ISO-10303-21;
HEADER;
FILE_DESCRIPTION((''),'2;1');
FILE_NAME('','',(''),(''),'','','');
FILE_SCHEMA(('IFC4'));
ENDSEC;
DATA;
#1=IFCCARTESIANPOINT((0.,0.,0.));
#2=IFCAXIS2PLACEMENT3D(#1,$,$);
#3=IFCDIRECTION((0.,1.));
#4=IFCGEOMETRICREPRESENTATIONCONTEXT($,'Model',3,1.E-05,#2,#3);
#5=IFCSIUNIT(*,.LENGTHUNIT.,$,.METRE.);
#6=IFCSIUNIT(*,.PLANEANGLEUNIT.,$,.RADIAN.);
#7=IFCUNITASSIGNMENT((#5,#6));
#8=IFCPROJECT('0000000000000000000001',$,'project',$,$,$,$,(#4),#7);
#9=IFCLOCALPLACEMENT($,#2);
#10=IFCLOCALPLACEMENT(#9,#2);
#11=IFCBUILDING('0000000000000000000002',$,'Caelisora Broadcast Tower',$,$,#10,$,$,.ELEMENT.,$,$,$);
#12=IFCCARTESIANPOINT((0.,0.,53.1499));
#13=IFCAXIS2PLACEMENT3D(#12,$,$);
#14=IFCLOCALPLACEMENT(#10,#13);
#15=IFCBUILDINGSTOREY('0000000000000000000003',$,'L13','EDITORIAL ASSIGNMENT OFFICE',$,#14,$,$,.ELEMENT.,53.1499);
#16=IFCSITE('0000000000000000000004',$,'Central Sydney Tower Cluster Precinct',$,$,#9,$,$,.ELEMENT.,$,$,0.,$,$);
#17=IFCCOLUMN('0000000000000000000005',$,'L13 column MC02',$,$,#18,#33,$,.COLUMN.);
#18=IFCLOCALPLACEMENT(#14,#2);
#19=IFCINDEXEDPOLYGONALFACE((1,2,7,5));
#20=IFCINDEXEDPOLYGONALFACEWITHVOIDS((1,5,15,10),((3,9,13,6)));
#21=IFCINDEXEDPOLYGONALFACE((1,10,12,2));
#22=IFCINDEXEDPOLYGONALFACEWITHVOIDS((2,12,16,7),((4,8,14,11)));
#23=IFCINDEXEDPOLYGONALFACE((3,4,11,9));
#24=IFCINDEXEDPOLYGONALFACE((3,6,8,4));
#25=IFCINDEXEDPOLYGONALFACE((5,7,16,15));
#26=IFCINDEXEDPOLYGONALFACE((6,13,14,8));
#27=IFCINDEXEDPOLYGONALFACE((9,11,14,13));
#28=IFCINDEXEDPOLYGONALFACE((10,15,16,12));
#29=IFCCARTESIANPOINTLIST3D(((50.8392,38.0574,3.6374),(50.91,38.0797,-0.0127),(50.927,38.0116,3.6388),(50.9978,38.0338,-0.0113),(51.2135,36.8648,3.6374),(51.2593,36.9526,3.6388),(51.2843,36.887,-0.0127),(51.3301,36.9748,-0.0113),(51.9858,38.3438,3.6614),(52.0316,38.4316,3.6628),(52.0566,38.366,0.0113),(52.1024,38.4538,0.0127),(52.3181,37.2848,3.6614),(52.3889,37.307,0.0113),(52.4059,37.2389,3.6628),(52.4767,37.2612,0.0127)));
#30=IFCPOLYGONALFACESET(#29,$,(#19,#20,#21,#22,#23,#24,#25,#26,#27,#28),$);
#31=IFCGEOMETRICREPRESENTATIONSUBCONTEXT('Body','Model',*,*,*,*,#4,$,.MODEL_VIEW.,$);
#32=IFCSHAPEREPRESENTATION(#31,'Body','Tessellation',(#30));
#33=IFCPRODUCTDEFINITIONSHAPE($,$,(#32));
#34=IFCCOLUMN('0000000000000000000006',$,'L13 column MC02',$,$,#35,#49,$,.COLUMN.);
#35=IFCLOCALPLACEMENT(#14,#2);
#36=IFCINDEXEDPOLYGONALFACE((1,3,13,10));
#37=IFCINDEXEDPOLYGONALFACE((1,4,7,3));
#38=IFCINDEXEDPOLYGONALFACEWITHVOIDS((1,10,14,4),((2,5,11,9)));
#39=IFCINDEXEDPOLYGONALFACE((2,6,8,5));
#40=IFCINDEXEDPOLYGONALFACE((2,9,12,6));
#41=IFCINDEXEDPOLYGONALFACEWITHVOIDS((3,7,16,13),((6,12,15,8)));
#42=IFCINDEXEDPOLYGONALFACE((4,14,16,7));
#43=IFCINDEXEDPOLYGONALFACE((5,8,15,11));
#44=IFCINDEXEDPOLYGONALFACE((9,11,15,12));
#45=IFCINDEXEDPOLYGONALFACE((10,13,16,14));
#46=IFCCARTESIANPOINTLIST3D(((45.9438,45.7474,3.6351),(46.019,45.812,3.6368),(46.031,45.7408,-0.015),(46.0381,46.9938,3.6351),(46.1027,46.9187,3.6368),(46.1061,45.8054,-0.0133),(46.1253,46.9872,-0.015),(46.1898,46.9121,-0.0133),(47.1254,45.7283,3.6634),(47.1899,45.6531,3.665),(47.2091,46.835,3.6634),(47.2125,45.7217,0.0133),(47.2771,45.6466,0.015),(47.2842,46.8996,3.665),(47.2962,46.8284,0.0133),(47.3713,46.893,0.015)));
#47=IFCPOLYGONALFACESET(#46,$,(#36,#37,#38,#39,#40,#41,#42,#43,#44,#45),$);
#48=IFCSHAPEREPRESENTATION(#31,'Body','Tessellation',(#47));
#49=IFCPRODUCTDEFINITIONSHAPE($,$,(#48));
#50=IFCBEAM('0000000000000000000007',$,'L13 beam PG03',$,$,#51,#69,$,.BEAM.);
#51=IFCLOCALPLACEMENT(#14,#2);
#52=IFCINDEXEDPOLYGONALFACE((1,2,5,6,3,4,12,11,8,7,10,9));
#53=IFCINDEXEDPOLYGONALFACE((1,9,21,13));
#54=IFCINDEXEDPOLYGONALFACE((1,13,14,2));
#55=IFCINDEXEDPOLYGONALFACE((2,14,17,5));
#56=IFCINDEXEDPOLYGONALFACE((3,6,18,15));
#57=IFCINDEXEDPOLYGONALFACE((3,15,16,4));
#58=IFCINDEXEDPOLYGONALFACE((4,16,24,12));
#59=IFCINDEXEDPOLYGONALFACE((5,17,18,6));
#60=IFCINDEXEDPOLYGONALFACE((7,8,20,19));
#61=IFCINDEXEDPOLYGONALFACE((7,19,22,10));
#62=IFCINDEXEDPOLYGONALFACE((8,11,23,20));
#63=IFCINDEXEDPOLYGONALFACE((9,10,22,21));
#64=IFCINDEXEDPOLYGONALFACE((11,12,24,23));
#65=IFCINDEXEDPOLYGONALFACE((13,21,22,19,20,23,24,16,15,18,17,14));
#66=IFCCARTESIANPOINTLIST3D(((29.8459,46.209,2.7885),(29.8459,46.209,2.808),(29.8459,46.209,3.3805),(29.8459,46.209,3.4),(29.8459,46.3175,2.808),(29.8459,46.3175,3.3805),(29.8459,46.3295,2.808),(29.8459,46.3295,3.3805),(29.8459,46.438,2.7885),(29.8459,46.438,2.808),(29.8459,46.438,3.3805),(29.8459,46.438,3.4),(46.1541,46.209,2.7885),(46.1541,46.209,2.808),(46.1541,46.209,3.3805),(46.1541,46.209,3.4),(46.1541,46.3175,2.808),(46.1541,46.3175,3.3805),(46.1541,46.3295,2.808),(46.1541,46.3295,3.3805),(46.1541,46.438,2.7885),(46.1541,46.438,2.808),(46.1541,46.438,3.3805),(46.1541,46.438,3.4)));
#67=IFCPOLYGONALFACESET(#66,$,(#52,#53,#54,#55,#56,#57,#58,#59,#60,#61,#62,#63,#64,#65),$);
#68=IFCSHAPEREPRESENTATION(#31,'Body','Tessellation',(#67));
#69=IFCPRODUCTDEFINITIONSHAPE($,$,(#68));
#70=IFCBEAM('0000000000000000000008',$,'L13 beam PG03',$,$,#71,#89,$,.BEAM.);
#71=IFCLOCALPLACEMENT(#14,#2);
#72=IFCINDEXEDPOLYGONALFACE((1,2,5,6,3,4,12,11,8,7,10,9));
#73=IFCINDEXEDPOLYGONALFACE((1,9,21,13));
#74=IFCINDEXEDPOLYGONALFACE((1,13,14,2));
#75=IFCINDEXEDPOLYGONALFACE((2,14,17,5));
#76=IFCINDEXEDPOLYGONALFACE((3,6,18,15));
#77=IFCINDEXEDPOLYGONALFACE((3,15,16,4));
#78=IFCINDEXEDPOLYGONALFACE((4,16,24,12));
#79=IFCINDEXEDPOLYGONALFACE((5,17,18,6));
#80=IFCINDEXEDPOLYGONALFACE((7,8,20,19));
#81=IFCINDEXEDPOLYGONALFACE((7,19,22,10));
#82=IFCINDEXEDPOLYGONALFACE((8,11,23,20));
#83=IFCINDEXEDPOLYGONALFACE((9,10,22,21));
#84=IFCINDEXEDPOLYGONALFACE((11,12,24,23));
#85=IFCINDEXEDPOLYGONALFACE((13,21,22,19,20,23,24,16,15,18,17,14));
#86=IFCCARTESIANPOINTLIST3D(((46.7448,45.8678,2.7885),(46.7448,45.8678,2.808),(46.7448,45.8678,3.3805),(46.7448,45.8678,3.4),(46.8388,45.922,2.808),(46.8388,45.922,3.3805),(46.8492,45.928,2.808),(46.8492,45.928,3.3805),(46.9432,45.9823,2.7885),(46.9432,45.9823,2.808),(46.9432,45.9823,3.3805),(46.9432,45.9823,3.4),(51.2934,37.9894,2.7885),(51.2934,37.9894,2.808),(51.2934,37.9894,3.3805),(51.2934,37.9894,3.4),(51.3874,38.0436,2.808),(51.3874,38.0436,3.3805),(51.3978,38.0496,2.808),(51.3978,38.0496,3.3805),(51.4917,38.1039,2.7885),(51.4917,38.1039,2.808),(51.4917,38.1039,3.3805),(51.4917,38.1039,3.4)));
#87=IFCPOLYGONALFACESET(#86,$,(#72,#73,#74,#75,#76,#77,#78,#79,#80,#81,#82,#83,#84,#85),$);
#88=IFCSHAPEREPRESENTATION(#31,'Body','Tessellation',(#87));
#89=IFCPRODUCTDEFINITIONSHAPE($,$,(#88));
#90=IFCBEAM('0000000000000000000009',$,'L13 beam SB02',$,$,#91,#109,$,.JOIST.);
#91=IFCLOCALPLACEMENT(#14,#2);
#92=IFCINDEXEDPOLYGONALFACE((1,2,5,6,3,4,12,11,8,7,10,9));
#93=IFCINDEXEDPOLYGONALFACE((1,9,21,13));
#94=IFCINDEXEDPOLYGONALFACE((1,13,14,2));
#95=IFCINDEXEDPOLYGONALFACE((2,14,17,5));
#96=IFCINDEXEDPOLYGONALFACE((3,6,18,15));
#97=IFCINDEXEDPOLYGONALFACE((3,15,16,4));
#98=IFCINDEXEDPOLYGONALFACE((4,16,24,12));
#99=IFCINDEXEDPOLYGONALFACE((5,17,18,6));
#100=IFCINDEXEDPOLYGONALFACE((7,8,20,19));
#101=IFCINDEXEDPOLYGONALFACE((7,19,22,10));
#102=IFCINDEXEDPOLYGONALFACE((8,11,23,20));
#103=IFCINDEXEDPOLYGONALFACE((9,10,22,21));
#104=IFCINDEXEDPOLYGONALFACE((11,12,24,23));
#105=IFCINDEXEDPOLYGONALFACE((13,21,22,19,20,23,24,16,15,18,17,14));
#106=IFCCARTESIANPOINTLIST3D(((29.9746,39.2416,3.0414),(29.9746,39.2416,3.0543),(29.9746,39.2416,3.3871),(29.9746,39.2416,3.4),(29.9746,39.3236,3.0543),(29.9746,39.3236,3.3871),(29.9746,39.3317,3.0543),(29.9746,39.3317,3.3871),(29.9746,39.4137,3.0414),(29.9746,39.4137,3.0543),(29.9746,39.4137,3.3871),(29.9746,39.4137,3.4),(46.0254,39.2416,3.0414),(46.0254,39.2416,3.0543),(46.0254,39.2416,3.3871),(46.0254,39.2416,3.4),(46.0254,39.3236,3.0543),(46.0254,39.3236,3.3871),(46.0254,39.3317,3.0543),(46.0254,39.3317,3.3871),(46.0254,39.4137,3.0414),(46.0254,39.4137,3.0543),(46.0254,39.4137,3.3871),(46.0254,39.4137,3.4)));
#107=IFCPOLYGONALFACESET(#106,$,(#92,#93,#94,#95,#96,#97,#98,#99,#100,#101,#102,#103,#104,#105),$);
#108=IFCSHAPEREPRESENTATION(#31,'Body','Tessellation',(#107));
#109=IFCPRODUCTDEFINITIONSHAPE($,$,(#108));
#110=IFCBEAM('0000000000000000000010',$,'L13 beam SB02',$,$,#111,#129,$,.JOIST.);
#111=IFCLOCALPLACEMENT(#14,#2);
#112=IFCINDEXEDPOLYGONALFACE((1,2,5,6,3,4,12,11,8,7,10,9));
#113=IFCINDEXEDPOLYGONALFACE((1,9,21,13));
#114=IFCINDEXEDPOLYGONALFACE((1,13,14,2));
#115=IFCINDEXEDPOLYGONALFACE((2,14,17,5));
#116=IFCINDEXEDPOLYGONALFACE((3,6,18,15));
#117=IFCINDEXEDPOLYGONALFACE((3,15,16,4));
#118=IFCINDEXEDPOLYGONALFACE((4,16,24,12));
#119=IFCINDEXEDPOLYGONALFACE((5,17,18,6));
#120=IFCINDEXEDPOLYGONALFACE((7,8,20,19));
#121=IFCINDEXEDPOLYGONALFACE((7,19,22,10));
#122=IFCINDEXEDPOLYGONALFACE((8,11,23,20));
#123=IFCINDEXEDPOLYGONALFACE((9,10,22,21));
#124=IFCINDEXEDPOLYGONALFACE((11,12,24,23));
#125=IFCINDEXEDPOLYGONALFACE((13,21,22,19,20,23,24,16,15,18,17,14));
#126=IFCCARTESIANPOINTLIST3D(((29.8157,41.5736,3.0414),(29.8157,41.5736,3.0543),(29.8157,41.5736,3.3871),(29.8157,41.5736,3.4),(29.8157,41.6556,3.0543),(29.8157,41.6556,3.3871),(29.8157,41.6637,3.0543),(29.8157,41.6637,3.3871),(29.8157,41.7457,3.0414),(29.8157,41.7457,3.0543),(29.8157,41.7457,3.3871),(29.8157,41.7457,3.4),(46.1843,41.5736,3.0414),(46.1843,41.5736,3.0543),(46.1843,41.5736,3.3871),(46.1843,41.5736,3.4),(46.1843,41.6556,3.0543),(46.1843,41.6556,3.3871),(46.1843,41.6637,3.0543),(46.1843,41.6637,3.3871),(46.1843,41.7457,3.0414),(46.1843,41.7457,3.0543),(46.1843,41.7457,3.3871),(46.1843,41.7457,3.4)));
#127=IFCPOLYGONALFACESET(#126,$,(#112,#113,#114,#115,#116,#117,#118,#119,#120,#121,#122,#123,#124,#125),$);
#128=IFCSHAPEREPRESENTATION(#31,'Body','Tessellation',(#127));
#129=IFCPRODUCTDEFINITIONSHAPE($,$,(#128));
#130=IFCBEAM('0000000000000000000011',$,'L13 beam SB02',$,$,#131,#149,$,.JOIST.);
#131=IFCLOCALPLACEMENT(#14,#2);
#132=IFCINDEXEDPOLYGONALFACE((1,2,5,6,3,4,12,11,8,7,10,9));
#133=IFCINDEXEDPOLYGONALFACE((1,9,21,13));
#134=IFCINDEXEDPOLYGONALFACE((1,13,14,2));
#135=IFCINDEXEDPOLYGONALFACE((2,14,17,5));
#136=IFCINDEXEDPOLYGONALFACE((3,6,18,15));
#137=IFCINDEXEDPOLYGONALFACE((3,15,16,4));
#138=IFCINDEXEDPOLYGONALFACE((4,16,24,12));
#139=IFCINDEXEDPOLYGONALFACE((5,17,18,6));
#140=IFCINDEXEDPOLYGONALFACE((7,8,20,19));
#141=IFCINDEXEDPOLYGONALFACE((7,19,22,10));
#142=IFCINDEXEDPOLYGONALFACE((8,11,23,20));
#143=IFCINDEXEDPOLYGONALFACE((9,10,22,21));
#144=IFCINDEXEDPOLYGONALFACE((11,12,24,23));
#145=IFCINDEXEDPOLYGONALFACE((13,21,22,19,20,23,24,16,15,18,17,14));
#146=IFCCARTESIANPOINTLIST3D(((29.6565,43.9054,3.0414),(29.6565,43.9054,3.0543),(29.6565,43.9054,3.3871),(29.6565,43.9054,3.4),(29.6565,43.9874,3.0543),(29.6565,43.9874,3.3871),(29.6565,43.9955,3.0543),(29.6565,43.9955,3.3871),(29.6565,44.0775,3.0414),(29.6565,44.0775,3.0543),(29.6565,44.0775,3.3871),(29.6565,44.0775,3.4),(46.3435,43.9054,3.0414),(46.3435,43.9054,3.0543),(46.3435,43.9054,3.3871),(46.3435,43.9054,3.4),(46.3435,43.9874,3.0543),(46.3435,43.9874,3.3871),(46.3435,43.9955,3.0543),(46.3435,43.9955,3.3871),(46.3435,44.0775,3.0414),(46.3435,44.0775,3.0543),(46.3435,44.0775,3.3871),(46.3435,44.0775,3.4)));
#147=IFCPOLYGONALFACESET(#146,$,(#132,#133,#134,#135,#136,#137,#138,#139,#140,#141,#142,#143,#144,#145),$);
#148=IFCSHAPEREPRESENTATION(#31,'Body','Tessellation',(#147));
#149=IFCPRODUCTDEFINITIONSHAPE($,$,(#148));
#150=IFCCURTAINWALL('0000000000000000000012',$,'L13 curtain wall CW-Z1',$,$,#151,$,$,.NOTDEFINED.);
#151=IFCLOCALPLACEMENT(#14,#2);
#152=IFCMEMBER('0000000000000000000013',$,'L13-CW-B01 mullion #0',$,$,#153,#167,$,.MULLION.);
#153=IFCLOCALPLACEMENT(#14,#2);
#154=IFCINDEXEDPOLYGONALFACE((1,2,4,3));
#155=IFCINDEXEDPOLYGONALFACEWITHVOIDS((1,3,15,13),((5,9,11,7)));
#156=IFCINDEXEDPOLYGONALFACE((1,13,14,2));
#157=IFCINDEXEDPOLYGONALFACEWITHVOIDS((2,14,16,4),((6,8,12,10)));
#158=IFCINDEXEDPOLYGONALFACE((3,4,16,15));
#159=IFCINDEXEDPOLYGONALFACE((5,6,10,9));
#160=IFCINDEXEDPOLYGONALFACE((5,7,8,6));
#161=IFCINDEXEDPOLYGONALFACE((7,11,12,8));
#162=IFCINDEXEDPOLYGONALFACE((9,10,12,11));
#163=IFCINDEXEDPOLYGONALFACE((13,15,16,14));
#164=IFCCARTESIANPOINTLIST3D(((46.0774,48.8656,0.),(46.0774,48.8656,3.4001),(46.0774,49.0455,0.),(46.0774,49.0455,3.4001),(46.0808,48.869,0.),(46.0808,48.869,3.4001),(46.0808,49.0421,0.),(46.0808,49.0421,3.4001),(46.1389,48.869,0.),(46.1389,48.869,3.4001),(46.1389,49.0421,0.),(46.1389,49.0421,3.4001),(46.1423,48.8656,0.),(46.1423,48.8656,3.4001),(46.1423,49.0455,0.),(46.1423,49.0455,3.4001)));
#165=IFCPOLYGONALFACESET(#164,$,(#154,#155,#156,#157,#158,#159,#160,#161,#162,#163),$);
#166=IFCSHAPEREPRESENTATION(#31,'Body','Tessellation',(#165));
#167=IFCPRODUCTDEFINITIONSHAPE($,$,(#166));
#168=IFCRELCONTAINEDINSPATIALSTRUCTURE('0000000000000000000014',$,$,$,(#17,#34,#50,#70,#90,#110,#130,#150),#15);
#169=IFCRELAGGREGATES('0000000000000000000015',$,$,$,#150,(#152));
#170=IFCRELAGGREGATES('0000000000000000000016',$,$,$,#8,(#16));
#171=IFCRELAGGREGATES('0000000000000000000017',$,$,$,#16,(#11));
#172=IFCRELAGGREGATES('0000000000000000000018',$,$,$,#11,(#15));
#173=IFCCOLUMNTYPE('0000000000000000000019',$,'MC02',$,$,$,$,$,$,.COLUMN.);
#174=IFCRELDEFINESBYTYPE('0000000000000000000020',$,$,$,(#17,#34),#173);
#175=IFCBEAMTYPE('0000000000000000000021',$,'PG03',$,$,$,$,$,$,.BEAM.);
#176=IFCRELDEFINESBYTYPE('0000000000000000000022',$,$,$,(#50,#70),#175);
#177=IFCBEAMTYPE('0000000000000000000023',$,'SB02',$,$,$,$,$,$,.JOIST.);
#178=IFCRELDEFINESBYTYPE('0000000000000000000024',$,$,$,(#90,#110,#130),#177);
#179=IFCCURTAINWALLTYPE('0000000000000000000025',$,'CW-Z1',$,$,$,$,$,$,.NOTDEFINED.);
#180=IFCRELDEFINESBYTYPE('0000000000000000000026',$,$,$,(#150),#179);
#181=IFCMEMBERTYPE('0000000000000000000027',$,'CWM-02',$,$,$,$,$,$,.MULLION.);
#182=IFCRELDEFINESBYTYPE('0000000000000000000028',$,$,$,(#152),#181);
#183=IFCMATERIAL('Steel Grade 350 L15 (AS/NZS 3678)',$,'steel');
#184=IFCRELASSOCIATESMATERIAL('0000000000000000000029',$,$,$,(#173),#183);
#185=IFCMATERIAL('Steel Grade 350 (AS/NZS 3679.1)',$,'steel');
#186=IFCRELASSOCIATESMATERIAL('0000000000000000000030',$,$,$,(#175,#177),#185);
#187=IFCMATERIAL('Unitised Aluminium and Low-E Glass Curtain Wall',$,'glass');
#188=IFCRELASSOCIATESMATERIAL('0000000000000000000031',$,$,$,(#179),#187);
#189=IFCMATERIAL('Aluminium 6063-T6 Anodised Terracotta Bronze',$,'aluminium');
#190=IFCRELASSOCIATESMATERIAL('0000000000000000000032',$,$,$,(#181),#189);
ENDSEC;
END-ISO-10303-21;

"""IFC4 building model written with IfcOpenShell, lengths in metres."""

from ifc_helpers import new_model, si_unit, direction, frame, origin, origin_2d, place, context, subcontext, project, spatial, hollow_rectangle, i_section, extrude, source, transform, mapped, material, material_profile, profile_set, type_object, type_shapes, element, aggregate, save


model = new_model("IFC4")

# Units and contexts
model_context = context("Model", 3, precision=1e-05, world=origin(), true_north=direction((0.0, 1.0)))
body_context = subcontext(model_context, "Body", "Model", "MODEL_VIEW")
ifc_project = project(units=[si_unit("LENGTHUNIT", "METRE"), si_unit("PLANEANGLEUNIT", "RADIAN")], contexts=[model_context])

# Site, building, storey
site_placement = place(None, origin())
site = spatial("IfcSite", under=ifc_project, at=site_placement, Name="Central Sydney Tower Cluster Precinct", CompositionType="ELEMENT", RefElevation=0.0)
building_placement = place(site_placement, origin())
building = spatial("IfcBuilding", under=site, at=building_placement, Name="Caelisora Broadcast Tower", CompositionType="ELEMENT")
storey_placement = place(building_placement, frame((0.0, 0.0, 53.1499)))
storey = spatial("IfcBuildingStorey", under=building, at=storey_placement, Name="L13", Description="EDITORIAL ASSIGNMENT OFFICE", CompositionType="ELEMENT", Elevation=53.1499)

# Columns
ifc_material_1 = material(Name="Steel Grade 350 L15 (AS/NZS 3678)", Category="steel")
ifc_material_profile_1 = material_profile(ifc_material_1, hollow_rectangle(XDim=1.25, YDim=1.25, WallThickness=0.0701, at=origin_2d()), Name="Steel Grade 350 L15 (AS/NZS 3678)")
ifc_profile_set_1 = profile_set([ifc_material_profile_1], Name="Steel Grade 350 L15 (AS/NZS 3678)")
column_type = type_object("IfcColumnType", Name="MC02", PredefinedType="COLUMN", material=ifc_profile_set_1)
shared_shape_1 = source(origin(), body_context, "Body", "SweptSolid", [
    extrude(hollow_rectangle(XDim=1.25, YDim=1.25, WallThickness=0.0701, at=origin_2d()), origin(), (0.0, 0.0, 1.0), 3.6509),
])
column_1_placement = place(storey_placement, frame((51.6934, 37.6704, 0.0), z_axis=(-0.019393, -0.006085, 0.999793), x_axis=(0.299399, -0.954128, 0.0)))
element("IfcColumn", 1, at=column_1_placement, inside=storey, type_object=column_type, Name="L13 column MC02", PredefinedType="COLUMN", context=body_context, shape_type="MappedRepresentation", body=[
    mapped(shared_shape_1, transform((0.0, 0.0, 0.0), scale=1.0)),
])
shared_shape_2 = source(origin(), body_context, "Body", "SweptSolid", [
    extrude(hollow_rectangle(XDim=1.25, YDim=1.25, WallThickness=0.0701, at=origin_2d()), origin(), (0.0, 0.0, 1.0), 3.6511),
])
type_shapes(column_type, [shared_shape_1, shared_shape_2])
column_2_placement = place(storey_placement, frame((46.7012, 46.3169, 0.0), z_axis=(-0.023871, 0.001805, 0.999713), x_axis=(-0.075415, -0.997152, 0.0)))
element("IfcColumn", 2, at=column_2_placement, inside=storey, type_object=column_type, Name="L13 column MC02", PredefinedType="COLUMN", context=body_context, shape_type="MappedRepresentation", body=[
    mapped(shared_shape_2, transform((0.0, 0.0, 0.0), scale=1.0)),
])

# Beams
ifc_material_2 = material(Name="Steel Grade 350 (AS/NZS 3679.1)", Category="steel")
ifc_material_profile_2 = material_profile(ifc_material_2, i_section(OverallWidth=0.229, OverallDepth=0.6116, WebThickness=0.012, FlangeThickness=0.0195, at=origin_2d()), Name="Steel Grade 350 (AS/NZS 3679.1)")
ifc_profile_set_2 = profile_set([ifc_material_profile_2], Name="Steel Grade 350 (AS/NZS 3679.1)")
beam_type_1 = type_object("IfcBeamType", Name="PG03", PredefinedType="BEAM", material=ifc_profile_set_2)
shared_shape_3 = source(origin(), body_context, "Body", "SweptSolid", [
    extrude(i_section(OverallWidth=0.229, OverallDepth=0.6116, WebThickness=0.012, FlangeThickness=0.0195, at=origin_2d()), origin(), (0.0, 0.0, 1.0), 16.3081),
])
beam_1_placement = place(storey_placement, frame((46.1541, 46.3235, 3.0942), z_axis=(-1.0, 0.0, 0.0), x_axis=(0.0, -1.0, 0.0)))
element("IfcBeam", 3, at=beam_1_placement, inside=storey, type_object=beam_type_1, Name="L13 beam PG03", PredefinedType="BEAM", context=body_context, shape_type="MappedRepresentation", body=[
    mapped(shared_shape_3, transform((0.0, 0.0, 0.0), scale=1.0)),
])
shared_shape_4 = source(origin(), body_context, "Body", "SweptSolid", [
    extrude(i_section(OverallWidth=0.229, OverallDepth=0.6116, WebThickness=0.012, FlangeThickness=0.0195, at=origin_2d()), origin(), (0.0, 0.0, 1.0), 9.0972),
])
type_shapes(beam_type_1, [shared_shape_3, shared_shape_4])
beam_2_placement = place(storey_placement, frame((51.3926, 38.0466, 3.0942), z_axis=(-0.499998, 0.866026, 0.0), x_axis=(-0.866026, -0.499998, 0.0)))
element("IfcBeam", 4, at=beam_2_placement, inside=storey, type_object=beam_type_1, Name="L13 beam PG03", PredefinedType="BEAM", context=body_context, shape_type="MappedRepresentation", body=[
    mapped(shared_shape_4, transform((0.0, 0.0, 0.0), scale=1.0)),
])
ifc_material_profile_3 = material_profile(ifc_material_2, i_section(OverallWidth=0.1721, OverallDepth=0.3586, WebThickness=0.0081, FlangeThickness=0.0129, at=origin_2d()), Name="Steel Grade 350 (AS/NZS 3679.1)")
ifc_profile_set_3 = profile_set([ifc_material_profile_3], Name="Steel Grade 350 (AS/NZS 3679.1)")
beam_type_2 = type_object("IfcBeamType", Name="SB02", PredefinedType="JOIST", material=ifc_profile_set_3)
shared_shape_5 = source(origin(), body_context, "Body", "SweptSolid", [
    extrude(i_section(OverallWidth=0.1721, OverallDepth=0.3586, WebThickness=0.0081, FlangeThickness=0.0129, at=origin_2d()), origin(), (0.0, 0.0, 1.0), 16.0508),
])
beam_3_placement = place(storey_placement, frame((46.0254, 39.3276, 3.2207), z_axis=(-1.0, 0.0, 0.0), x_axis=(0.0, -1.0, 0.0)))
element("IfcBeam", 5, at=beam_3_placement, inside=storey, type_object=beam_type_2, Name="L13 beam SB02", PredefinedType="JOIST", context=body_context, shape_type="MappedRepresentation", body=[
    mapped(shared_shape_5, transform((0.0, 0.0, 0.0), scale=1.0)),
])
shared_shape_6 = source(origin(), body_context, "Body", "SweptSolid", [
    extrude(i_section(OverallWidth=0.1721, OverallDepth=0.3586, WebThickness=0.0081, FlangeThickness=0.0129, at=origin_2d()), origin(), (0.0, 0.0, 1.0), 16.3687),
])
beam_4_placement = place(storey_placement, frame((46.1843, 41.6597, 3.2207), z_axis=(-1.0, 0.0, 0.0), x_axis=(0.0, -1.0, 0.0)))
element("IfcBeam", 6, at=beam_4_placement, inside=storey, type_object=beam_type_2, Name="L13 beam SB02", PredefinedType="JOIST", context=body_context, shape_type="MappedRepresentation", body=[
    mapped(shared_shape_6, transform((0.0, 0.0, 0.0), scale=1.0)),
])
shared_shape_7 = source(origin(), body_context, "Body", "SweptSolid", [
    extrude(i_section(OverallWidth=0.1721, OverallDepth=0.3586, WebThickness=0.0081, FlangeThickness=0.0129, at=origin_2d()), origin(), (0.0, 0.0, 1.0), 16.687),
])
type_shapes(beam_type_2, [shared_shape_5, shared_shape_6, shared_shape_7])
beam_5_placement = place(storey_placement, frame((46.3435, 43.9915, 3.2207), z_axis=(-1.0, 0.0, 0.0), x_axis=(0.0, -1.0, 0.0)))
element("IfcBeam", 7, at=beam_5_placement, inside=storey, type_object=beam_type_2, Name="L13 beam SB02", PredefinedType="JOIST", context=body_context, shape_type="MappedRepresentation", body=[
    mapped(shared_shape_7, transform((0.0, 0.0, 0.0), scale=1.0)),
])

# Curtain wall, member
ifc_material_3 = material(Name="Unitised Aluminium and Low-E Glass Curtain Wall", Category="glass")
curtain_wall_type_1 = type_object("IfcCurtainWallType", Name="CW-Z1", PredefinedType="NOTDEFINED", material=ifc_material_3)
curtain_wall_1_placement = place(storey_placement, origin())
curtain_wall_1 = element("IfcCurtainWall", 8, at=curtain_wall_1_placement, inside=storey, type_object=curtain_wall_type_1, Name="L13 curtain wall CW-Z1", PredefinedType="NOTDEFINED")
ifc_material_4 = material(Name="Aluminium 6063-T6 Anodised Terracotta Bronze", Category="aluminium")
ifc_material_profile_4 = material_profile(ifc_material_4, hollow_rectangle(XDim=0.0649, YDim=0.1799, WallThickness=0.0034, at=origin_2d()), Name="Aluminium 6063-T6 Anodised Terracotta Bronze")
ifc_profile_set_4 = profile_set([ifc_material_profile_4], Name="Aluminium 6063-T6 Anodised Terracotta Bronze")
member_type_1 = type_object("IfcMemberType", Name="CWM-02", PredefinedType="MULLION", material=ifc_profile_set_4)
shared_shape_8 = source(origin(), body_context, "Body", "SweptSolid", [
    extrude(hollow_rectangle(XDim=0.0649, YDim=0.1799, WallThickness=0.0034, at=origin_2d()), origin(), (0.0, 0.0, 1.0), 3.4001),
])
type_shapes(member_type_1, [shared_shape_8])
member_1_placement = place(storey_placement, frame((46.1099, 48.9556, 0.0), z_axis=(0.0, 0.0, 1.0), x_axis=(1.0, 0.0, 0.0)))
member_1 = element("IfcMember", 9, at=member_1_placement, type_object=member_type_1, Name="L13-CW-B01 mullion #0", PredefinedType="MULLION", context=body_context, shape_type="MappedRepresentation", body=[
    mapped(shared_shape_8, transform((0.0, 0.0, 0.0), scale=1.0)),
])

aggregate(curtain_wall_1, [member_1])

save(model, "model.ifc")
